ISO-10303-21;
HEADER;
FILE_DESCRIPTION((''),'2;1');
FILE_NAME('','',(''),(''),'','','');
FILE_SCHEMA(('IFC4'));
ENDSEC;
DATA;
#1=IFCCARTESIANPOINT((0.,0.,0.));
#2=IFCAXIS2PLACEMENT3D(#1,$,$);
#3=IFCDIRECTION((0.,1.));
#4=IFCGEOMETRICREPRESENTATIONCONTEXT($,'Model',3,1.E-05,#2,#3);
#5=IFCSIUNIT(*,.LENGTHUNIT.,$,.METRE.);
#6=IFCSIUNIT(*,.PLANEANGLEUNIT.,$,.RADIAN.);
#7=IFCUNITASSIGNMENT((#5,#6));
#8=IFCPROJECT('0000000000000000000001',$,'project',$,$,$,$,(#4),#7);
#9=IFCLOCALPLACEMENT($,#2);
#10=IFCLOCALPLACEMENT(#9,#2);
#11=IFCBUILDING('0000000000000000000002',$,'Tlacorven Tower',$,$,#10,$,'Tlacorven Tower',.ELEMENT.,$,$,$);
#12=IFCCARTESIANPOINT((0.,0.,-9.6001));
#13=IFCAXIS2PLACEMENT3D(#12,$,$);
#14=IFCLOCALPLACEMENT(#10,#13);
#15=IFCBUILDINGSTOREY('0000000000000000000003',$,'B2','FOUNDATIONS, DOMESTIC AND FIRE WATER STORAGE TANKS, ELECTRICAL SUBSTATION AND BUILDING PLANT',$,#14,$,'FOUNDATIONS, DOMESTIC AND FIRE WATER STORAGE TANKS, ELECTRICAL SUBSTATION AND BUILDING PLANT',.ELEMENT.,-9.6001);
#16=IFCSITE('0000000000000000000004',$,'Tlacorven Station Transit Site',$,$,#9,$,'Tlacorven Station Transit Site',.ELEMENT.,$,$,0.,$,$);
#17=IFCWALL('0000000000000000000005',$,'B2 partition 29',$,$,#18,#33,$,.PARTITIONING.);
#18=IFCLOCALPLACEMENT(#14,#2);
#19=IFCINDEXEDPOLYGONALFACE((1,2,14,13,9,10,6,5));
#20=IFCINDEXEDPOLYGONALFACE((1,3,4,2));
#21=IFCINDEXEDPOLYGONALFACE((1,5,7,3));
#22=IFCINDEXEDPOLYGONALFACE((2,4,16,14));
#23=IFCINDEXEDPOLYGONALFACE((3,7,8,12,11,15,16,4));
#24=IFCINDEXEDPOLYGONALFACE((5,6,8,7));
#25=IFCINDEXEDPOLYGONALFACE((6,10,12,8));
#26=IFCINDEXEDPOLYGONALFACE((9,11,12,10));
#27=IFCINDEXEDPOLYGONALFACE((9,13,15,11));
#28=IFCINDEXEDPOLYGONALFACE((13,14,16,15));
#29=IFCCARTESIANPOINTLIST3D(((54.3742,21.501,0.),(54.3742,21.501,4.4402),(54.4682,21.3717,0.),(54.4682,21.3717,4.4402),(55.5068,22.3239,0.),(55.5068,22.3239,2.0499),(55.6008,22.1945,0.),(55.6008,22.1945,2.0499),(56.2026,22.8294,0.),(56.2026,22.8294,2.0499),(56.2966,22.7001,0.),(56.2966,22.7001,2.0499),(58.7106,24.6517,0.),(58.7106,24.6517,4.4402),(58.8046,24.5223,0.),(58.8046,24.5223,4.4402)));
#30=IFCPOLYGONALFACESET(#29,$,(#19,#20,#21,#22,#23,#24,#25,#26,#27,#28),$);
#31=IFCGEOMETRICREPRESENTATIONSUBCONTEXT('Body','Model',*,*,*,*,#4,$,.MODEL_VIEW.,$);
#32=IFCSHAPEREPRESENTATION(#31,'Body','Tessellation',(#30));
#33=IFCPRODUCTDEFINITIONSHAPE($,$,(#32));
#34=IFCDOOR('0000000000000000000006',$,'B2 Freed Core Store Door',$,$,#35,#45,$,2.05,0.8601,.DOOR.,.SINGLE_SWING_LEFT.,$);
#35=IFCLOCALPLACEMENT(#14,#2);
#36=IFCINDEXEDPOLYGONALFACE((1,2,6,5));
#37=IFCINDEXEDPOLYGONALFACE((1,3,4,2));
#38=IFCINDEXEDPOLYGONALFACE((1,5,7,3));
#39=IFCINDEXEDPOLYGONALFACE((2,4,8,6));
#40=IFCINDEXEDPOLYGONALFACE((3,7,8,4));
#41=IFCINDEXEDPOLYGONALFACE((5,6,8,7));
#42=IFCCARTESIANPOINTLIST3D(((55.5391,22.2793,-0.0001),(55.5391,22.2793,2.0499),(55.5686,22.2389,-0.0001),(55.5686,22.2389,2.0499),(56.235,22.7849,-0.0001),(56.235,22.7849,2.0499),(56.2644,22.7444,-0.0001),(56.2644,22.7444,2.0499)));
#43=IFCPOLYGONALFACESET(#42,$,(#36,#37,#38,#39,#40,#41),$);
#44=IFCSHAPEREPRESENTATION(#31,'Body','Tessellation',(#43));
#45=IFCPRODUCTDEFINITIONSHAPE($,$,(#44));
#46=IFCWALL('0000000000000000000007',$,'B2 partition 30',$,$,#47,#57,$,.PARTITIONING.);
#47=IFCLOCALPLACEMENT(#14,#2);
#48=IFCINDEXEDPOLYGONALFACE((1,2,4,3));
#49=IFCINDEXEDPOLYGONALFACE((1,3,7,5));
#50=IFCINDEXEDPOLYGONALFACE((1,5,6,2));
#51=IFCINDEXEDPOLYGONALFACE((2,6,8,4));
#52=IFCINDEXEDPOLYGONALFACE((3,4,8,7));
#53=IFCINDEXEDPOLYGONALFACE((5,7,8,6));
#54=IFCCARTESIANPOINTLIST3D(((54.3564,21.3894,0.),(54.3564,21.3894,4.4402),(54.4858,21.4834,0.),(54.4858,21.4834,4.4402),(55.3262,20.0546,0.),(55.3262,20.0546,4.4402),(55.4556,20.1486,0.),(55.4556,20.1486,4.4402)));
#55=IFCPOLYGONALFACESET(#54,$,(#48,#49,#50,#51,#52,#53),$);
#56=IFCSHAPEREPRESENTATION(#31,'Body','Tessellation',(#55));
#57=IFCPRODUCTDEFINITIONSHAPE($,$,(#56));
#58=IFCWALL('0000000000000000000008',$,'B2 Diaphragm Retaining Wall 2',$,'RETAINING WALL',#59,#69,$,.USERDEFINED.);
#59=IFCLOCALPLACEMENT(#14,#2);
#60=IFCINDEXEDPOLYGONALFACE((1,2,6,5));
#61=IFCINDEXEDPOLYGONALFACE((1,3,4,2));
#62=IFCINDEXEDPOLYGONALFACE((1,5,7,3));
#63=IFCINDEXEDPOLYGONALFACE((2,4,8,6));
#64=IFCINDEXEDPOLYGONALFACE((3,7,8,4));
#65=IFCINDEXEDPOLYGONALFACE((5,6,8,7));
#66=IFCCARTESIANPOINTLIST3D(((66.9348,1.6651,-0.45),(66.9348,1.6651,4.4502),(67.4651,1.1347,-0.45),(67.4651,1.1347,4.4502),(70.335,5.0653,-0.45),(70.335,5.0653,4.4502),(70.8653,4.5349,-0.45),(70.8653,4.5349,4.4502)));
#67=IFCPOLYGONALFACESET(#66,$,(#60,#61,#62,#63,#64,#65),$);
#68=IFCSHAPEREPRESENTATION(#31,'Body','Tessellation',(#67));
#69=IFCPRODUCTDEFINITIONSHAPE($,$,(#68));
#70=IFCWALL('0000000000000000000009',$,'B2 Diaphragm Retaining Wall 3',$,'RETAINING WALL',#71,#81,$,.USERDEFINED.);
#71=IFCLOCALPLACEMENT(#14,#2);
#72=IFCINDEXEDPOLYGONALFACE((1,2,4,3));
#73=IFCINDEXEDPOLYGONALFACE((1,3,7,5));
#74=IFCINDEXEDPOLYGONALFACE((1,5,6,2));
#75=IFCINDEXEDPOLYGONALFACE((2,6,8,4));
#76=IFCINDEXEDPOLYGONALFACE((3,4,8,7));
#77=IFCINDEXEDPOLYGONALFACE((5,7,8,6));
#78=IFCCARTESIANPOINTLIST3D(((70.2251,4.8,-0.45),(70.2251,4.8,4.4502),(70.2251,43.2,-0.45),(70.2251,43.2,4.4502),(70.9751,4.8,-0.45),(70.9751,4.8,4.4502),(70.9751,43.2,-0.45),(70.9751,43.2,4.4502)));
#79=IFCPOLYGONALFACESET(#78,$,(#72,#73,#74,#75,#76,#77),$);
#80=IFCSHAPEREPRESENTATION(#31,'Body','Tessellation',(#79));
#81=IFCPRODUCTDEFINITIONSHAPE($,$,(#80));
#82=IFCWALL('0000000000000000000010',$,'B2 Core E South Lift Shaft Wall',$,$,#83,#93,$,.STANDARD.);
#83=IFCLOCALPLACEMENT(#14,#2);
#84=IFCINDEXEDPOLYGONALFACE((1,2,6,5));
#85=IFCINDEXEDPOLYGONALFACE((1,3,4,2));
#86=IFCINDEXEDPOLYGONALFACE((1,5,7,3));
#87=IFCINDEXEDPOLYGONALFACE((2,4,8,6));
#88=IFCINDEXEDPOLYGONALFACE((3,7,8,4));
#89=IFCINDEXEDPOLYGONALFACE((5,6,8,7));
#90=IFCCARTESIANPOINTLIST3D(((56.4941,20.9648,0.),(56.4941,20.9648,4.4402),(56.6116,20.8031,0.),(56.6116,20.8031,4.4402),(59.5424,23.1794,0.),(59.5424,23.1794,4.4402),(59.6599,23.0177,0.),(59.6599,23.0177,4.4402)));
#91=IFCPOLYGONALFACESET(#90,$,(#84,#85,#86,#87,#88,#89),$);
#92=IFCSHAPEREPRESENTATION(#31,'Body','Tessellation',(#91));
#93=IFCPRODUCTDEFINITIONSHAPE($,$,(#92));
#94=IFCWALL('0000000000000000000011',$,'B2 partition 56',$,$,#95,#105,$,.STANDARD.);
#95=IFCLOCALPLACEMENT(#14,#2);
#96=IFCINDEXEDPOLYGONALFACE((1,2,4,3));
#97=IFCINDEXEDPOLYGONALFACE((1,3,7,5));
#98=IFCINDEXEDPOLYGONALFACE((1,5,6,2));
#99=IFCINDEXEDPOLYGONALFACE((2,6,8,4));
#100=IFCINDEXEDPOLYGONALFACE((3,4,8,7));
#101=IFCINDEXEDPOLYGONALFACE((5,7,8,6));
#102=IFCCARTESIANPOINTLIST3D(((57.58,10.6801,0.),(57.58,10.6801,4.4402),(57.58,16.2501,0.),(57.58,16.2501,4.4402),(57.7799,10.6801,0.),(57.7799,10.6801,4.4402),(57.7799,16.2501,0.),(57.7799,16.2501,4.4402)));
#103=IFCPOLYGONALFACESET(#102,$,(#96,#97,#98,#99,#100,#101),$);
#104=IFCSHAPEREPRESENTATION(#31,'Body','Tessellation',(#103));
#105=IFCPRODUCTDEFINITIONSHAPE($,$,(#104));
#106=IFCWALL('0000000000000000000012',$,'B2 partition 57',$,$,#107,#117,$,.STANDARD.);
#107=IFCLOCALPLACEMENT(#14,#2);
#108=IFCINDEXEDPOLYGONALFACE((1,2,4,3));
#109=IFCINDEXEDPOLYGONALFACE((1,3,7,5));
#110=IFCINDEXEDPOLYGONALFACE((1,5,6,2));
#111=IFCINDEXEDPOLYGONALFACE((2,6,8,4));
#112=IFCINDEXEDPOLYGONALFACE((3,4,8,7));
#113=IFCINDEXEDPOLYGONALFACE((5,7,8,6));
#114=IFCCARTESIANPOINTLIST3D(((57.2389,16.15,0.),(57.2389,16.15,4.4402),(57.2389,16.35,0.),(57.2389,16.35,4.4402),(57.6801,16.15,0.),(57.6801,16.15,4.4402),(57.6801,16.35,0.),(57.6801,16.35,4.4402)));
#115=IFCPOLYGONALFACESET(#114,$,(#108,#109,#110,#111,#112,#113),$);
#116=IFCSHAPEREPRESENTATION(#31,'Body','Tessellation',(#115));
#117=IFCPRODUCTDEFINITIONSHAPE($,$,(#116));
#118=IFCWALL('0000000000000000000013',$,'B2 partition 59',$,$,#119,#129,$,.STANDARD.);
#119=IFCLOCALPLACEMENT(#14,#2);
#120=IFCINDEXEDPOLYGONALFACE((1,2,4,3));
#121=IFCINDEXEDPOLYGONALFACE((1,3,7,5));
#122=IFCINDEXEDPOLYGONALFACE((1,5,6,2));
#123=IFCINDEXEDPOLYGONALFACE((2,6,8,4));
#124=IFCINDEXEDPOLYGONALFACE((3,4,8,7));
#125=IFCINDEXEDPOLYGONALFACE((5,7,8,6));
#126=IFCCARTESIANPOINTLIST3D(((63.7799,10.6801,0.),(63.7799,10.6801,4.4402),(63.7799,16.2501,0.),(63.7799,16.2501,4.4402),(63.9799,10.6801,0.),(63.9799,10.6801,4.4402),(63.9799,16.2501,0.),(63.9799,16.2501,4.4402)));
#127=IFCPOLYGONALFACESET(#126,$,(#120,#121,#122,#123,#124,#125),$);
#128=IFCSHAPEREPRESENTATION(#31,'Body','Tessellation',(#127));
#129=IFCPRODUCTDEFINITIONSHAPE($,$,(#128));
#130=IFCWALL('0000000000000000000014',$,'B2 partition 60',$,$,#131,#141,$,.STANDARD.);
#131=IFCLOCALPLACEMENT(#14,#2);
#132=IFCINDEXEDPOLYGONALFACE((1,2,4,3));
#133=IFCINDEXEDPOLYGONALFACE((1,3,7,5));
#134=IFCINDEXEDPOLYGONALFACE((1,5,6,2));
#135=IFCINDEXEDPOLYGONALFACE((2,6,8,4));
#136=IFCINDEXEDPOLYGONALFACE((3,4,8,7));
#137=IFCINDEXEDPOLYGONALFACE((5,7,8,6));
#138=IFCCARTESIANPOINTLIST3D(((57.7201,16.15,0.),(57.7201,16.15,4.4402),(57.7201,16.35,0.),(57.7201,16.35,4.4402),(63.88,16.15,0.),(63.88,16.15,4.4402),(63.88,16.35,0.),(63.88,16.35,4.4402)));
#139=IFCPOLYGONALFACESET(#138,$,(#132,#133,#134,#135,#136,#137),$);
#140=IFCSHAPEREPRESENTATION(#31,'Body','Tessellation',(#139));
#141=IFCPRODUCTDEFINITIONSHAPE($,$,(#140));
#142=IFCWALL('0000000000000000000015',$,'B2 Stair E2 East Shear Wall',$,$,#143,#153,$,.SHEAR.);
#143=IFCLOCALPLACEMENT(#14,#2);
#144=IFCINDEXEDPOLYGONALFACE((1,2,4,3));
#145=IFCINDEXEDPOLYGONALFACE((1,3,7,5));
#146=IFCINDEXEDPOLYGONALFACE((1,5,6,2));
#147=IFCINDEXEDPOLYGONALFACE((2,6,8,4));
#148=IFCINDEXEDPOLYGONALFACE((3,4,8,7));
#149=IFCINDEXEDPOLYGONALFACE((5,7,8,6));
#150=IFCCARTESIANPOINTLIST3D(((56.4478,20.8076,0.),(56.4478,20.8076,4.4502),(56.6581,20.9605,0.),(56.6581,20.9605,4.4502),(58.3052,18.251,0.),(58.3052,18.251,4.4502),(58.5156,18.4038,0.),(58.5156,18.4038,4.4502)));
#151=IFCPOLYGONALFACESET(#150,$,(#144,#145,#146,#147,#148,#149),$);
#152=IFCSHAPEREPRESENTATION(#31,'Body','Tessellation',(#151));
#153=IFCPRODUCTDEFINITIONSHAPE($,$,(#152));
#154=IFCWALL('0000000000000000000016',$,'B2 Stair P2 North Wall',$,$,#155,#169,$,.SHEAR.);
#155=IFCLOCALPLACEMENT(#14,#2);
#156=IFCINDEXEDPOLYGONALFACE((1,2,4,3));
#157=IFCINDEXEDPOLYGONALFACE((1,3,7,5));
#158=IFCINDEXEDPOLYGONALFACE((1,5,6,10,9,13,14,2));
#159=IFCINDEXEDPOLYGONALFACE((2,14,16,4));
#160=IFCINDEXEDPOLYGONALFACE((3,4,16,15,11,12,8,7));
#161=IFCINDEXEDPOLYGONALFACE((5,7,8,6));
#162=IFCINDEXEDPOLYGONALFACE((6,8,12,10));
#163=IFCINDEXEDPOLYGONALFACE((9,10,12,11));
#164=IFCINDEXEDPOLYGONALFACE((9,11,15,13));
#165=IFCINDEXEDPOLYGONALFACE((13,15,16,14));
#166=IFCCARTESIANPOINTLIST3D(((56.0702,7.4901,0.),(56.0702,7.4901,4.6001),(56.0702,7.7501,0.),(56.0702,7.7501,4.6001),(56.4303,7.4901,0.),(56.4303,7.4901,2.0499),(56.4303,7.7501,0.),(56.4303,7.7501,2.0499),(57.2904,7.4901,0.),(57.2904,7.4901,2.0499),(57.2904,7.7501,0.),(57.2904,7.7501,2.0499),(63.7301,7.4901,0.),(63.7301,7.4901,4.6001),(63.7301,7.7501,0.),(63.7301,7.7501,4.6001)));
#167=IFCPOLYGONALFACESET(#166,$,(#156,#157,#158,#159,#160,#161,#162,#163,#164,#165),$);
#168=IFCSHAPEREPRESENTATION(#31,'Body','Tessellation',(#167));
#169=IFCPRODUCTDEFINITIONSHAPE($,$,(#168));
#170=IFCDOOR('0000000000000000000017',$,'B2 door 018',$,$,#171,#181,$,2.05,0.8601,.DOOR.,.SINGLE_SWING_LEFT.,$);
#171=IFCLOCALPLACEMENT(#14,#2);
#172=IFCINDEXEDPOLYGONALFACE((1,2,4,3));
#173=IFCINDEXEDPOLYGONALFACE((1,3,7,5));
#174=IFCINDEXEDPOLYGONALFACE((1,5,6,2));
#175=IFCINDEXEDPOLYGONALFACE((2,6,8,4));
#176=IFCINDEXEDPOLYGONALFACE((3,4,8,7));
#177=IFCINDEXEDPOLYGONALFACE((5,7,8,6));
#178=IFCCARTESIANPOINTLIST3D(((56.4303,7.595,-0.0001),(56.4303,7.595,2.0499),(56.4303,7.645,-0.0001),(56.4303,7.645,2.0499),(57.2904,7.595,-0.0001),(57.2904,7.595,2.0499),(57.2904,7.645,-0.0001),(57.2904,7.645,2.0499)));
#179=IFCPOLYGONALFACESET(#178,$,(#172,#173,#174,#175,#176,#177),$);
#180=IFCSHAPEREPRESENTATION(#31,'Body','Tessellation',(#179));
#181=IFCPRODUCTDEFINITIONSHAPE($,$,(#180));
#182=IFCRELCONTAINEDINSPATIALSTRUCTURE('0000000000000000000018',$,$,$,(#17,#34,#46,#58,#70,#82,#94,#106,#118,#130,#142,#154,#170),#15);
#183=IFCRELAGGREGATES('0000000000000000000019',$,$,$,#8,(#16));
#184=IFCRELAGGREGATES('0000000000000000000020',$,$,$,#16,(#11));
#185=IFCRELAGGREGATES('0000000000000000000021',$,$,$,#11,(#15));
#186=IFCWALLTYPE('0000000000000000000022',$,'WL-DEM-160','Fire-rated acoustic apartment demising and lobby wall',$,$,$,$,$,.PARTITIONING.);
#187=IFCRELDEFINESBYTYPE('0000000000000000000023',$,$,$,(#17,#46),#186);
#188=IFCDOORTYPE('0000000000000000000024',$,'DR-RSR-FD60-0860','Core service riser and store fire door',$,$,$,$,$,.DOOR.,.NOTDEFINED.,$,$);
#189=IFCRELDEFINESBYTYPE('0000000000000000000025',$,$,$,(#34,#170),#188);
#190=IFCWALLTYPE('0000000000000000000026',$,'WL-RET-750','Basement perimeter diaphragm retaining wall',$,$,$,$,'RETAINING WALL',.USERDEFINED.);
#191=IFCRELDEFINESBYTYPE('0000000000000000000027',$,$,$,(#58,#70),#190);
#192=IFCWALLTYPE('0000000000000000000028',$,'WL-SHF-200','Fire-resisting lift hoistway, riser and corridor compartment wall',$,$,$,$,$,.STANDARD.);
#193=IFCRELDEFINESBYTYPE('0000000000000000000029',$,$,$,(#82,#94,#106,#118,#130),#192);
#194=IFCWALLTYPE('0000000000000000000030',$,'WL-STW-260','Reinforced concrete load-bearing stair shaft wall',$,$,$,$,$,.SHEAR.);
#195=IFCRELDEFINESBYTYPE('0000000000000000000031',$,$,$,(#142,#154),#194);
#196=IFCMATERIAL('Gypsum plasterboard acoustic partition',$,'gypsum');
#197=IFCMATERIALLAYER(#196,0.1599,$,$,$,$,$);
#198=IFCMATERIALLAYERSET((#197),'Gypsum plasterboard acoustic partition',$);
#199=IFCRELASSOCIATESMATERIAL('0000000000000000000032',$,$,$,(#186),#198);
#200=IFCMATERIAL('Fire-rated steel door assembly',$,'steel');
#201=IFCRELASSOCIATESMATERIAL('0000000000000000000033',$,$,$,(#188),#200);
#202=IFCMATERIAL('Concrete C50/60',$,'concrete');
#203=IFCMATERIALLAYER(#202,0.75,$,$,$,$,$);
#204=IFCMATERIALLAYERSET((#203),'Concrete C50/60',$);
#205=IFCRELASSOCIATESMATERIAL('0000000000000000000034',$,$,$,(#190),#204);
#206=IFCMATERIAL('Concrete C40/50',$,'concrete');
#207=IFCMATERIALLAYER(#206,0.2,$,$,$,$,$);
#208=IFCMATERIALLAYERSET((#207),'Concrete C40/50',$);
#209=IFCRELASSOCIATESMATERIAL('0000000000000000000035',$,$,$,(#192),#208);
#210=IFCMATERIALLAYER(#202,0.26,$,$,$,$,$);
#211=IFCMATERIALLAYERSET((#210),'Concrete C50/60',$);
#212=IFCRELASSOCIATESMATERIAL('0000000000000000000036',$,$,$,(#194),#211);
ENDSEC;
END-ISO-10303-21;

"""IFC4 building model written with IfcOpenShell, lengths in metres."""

from ifc_helpers import new_model, si_unit, direction, frame, frame_2d, origin, place, context, subcontext, project, spatial, rectangle, extrude, source, transform, mapped, material, layer, layer_set, type_object, element, fill, save


model = new_model("IFC4")

# Units and contexts
model_context = context("Model", 3, precision=1e-05, world=origin(), true_north=direction((0.0, 1.0)))
body_context = subcontext(model_context, "Body", "Model", "MODEL_VIEW")
ifc_project = project(units=[si_unit("LENGTHUNIT", "METRE"), si_unit("PLANEANGLEUNIT", "RADIAN")], contexts=[model_context])

# Site, building, storey
site_placement = place(None, origin())
site = spatial("IfcSite", under=ifc_project, at=site_placement, Name="Tlacorven Station Transit Site", LongName="Tlacorven Station Transit Site", CompositionType="ELEMENT", RefElevation=0.0)
building_placement = place(site_placement, origin())
building = spatial("IfcBuilding", under=site, at=building_placement, Name="Tlacorven Tower", LongName="Tlacorven Tower", CompositionType="ELEMENT")
storey_placement = place(building_placement, frame((0.0, 0.0, -9.6001)))
storey = spatial("IfcBuildingStorey", under=building, at=storey_placement, Name="B2", Description="FOUNDATIONS, DOMESTIC AND FIRE WATER STORAGE TANKS, ELECTRICAL SUBSTATION AND BUILDING PLANT", LongName="FOUNDATIONS, DOMESTIC AND FIRE WATER STORAGE TANKS, ELECTRICAL SUBSTATION AND BUILDING PLANT", CompositionType="ELEMENT", Elevation=-9.6001)

# Shared definitions
ifc_material_1 = material(Name="Concrete C50/60", Category="concrete")

# Wall, opening, door
ifc_material_2 = material(Name="Gypsum plasterboard acoustic partition", Category="gypsum")
ifc_layer_1 = layer(ifc_material_2, 0.1599)
ifc_layer_set_1 = layer_set([ifc_layer_1], Name="Gypsum plasterboard acoustic partition")
wall_type_1 = type_object("IfcWallType", Name="WL-DEM-160", Description="Fire-rated acoustic apartment demising and lobby wall", PredefinedType="PARTITIONING", material=ifc_layer_set_1)
wall_1_placement = place(storey_placement, frame((54.4211, 21.4363, 0.0), z_axis=(0.0, 0.0, 1.0), x_axis=(0.809014, 0.58779, 0.0)))
wall_1 = element("IfcWall", 1, at=wall_1_placement, inside=storey, type_object=wall_type_1, Name="B2 partition 29", PredefinedType="PARTITIONING", context=body_context, shape_type="SweptSolid", body=[
    extrude(rectangle(XDim=5.3601, YDim=0.1599, at=frame_2d((2.6802, 0.0))), origin(), (0.0, 0.0, 1.0), 4.4402),
])
opening_1_placement = place(wall_1_placement, frame((1.3999, 0.0, 0.0)))
opening_1 = element("IfcOpeningElement", 2, at=opening_1_placement, cuts=wall_1, PredefinedType="OPENING", context=body_context, shape_type="SweptSolid", body=[
    extrude(rectangle(XDim=0.8601, YDim=2.05, at=frame_2d((0.4302, 1.0249))), frame((0.0, 0.0898, 0.0), z_axis=(0.0, -1.0, 0.0), x_axis=(1.0, 0.0, 0.0)), (0.0, 0.0, 1.0), 0.1799),
])
ifc_material_3 = material(Name="Fire-rated steel door assembly", Category="steel")
door_type = type_object("IfcDoorType", Name="DR-RSR-FD60-0860", Description="Core service riser and store fire door", OperationType="NOTDEFINED", PredefinedType="DOOR", material=ifc_material_3)
shared_shape_1 = source(origin(), body_context, "Body", "SweptSolid", [
    extrude(rectangle(XDim=0.8601, YDim=2.05, at=frame_2d((0.4302, 1.0249))), frame((0.0, 0.0249, 0.0), z_axis=(0.0, -1.0, 0.0), x_axis=(1.0, 0.0, 0.0)), (0.0, 0.0, 1.0), 0.05),
])
door_1_placement = place(opening_1_placement, origin())
door_1 = element("IfcDoor", 3, at=door_1_placement, inside=storey, type_object=door_type, Name="B2 Freed Core Store Door", OperationType="SINGLE_SWING_LEFT", OverallHeight=2.05, OverallWidth=0.8601, PredefinedType="DOOR", context=body_context, shape_type="MappedRepresentation", body=[
    mapped(shared_shape_1, transform((0.0, 0.0, 0.0), scale=1.0)),
])
fill(opening_1, door_1)

# Walls
wall_2_placement = place(storey_placement, frame((55.3909, 20.1016, 0.0), z_axis=(0.0, 0.0, 1.0), x_axis=(-0.587784, 0.809018, 0.0)))
element("IfcWall", 4, at=wall_2_placement, inside=storey, type_object=wall_type_1, Name="B2 partition 30", PredefinedType="PARTITIONING", context=body_context, shape_type="SweptSolid", body=[
    extrude(rectangle(XDim=1.6499, YDim=0.1599, at=frame_2d((0.825, 0.0))), origin(), (0.0, 0.0, 1.0), 4.4402),
])
ifc_layer_2 = layer(ifc_material_1, 0.75)
ifc_layer_set_2 = layer_set([ifc_layer_2], Name="Concrete C50/60")
wall_type_2 = type_object("IfcWallType", Name="WL-RET-750", Description="Basement perimeter diaphragm retaining wall", ElementType="RETAINING WALL", PredefinedType="USERDEFINED", material=ifc_layer_set_2)
wall_3_placement = place(storey_placement, frame((67.2, 1.3999, -0.45), z_axis=(0.0, 0.0, 1.0), x_axis=(0.707107, 0.707107, 0.0)))
element("IfcWall", 5, at=wall_3_placement, inside=storey, type_object=wall_type_2, Name="B2 Diaphragm Retaining Wall 2", ObjectType="RETAINING WALL", PredefinedType="USERDEFINED", context=body_context, shape_type="SweptSolid", body=[
    extrude(rectangle(XDim=4.8086, YDim=0.75, at=frame_2d((2.4043, 0.0))), origin(), (0.0, 0.0, 1.0), 4.9001),
])
wall_4_placement = place(storey_placement, frame((70.6001, 4.8, -0.45), z_axis=(0.0, 0.0, 1.0), x_axis=(0.0, 1.0, 0.0)))
element("IfcWall", 6, at=wall_4_placement, inside=storey, type_object=wall_type_2, Name="B2 Diaphragm Retaining Wall 3", ObjectType="RETAINING WALL", PredefinedType="USERDEFINED", context=body_context, shape_type="SweptSolid", body=[
    extrude(rectangle(XDim=38.3999, YDim=0.75, at=frame_2d((19.2, 0.0))), origin(), (0.0, 0.0, 1.0), 4.9001),
])
ifc_material_4 = material(Name="Concrete C40/50", Category="concrete")
ifc_layer_3 = layer(ifc_material_4, 0.2)
ifc_layer_set_3 = layer_set([ifc_layer_3], Name="Concrete C40/50")
wall_type_3 = type_object("IfcWallType", Name="WL-SHF-200", Description="Fire-resisting lift hoistway, riser and corridor compartment wall", PredefinedType="STANDARD", material=ifc_layer_set_3)
wall_5_placement = place(storey_placement, frame((56.553, 20.884, 0.0), z_axis=(0.0, 0.0, 1.0), x_axis=(0.809036, 0.587759, 0.0)))
element("IfcWall", 7, at=wall_5_placement, inside=storey, type_object=wall_type_3, Name="B2 Core E South Lift Shaft Wall", PredefinedType="STANDARD", context=body_context, shape_type="SweptSolid", body=[
    extrude(rectangle(XDim=3.7678, YDim=0.2, at=frame_2d((1.8838, 0.0))), origin(), (0.0, 0.0, 1.0), 4.4402),
])
wall_6_placement = place(storey_placement, frame((57.6799, 10.6799, 0.0), z_axis=(0.0, 0.0, 1.0), x_axis=(0.0, 1.0, 0.0)))
element("IfcWall", 8, at=wall_6_placement, inside=storey, type_object=wall_type_3, Name="B2 partition 56", PredefinedType="STANDARD", context=body_context, shape_type="SweptSolid", body=[
    extrude(rectangle(XDim=5.5701, YDim=0.2, at=frame_2d((2.7852, 0.0))), origin(), (0.0, 0.0, 1.0), 4.4402),
])
wall_7_placement = place(storey_placement, frame((57.2388, 16.25, 0.0), z_axis=(0.0, 0.0, 1.0), x_axis=(1.0, 0.0, 0.0)))
element("IfcWall", 9, at=wall_7_placement, inside=storey, type_object=wall_type_3, Name="B2 partition 57", PredefinedType="STANDARD", context=body_context, shape_type="SweptSolid", body=[
    extrude(rectangle(XDim=0.4412, YDim=0.2, at=frame_2d((0.2207, 0.0))), origin(), (0.0, 0.0, 1.0), 4.4402),
])
wall_8_placement = place(storey_placement, frame((63.8799, 10.6799, 0.0), z_axis=(0.0, 0.0, 1.0), x_axis=(0.0, 1.0, 0.0)))
element("IfcWall", 10, at=wall_8_placement, inside=storey, type_object=wall_type_3, Name="B2 partition 59", PredefinedType="STANDARD", context=body_context, shape_type="SweptSolid", body=[
    extrude(rectangle(XDim=5.5701, YDim=0.2, at=frame_2d((2.7852, 0.0))), origin(), (0.0, 0.0, 1.0), 4.4402),
])
wall_9_placement = place(storey_placement, frame((57.72, 16.25, 0.0), z_axis=(0.0, 0.0, 1.0), x_axis=(1.0, 0.0, 0.0)))
element("IfcWall", 11, at=wall_9_placement, inside=storey, type_object=wall_type_3, Name="B2 partition 60", PredefinedType="STANDARD", context=body_context, shape_type="SweptSolid", body=[
    extrude(rectangle(XDim=6.1599, YDim=0.2, at=frame_2d((3.0801, 0.0))), origin(), (0.0, 0.0, 1.0), 4.4402),
])
ifc_layer_4 = layer(ifc_material_1, 0.26)
ifc_layer_set_4 = layer_set([ifc_layer_4], Name="Concrete C50/60")
wall_type_4 = type_object("IfcWallType", Name="WL-STW-260", Description="Reinforced concrete load-bearing stair shaft wall", PredefinedType="SHEAR", material=ifc_layer_set_4)
wall_10_placement = place(storey_placement, frame((58.4104, 18.3274, 0.0), z_axis=(0.0, 0.0, 1.0), x_axis=(-0.587767, 0.80903, 0.0)))
element("IfcWall", 12, at=wall_10_placement, inside=storey, type_object=wall_type_4, Name="B2 Stair E2 East Shear Wall", PredefinedType="SHEAR", context=body_context, shape_type="SweptSolid", body=[
    extrude(rectangle(XDim=3.1602, YDim=0.26, at=frame_2d((1.5801, 0.0))), origin(), (0.0, 0.0, 1.0), 4.4502),
])

# Wall, opening, door
wall_11_placement = place(storey_placement, frame((56.0701, 7.6201, 0.0), z_axis=(0.0, 0.0, 1.0), x_axis=(1.0, 0.0, 0.0)))
wall_11 = element("IfcWall", 13, at=wall_11_placement, inside=storey, type_object=wall_type_4, Name="B2 Stair P2 North Wall", PredefinedType="SHEAR", context=body_context, shape_type="SweptSolid", body=[
    extrude(rectangle(XDim=7.6599, YDim=0.26, at=frame_2d((3.8301, 0.0))), origin(), (0.0, 0.0, 1.0), 4.6001),
])
opening_2_placement = place(wall_11_placement, frame((0.3601, 0.0, 0.0)))
opening_2 = element("IfcOpeningElement", 14, at=opening_2_placement, cuts=wall_11, PredefinedType="OPENING", context=body_context, shape_type="SweptSolid", body=[
    extrude(rectangle(XDim=0.8601, YDim=2.05, at=frame_2d((0.4302, 1.0249))), frame((0.0, 0.1401, 0.0), z_axis=(0.0, -1.0, 0.0), x_axis=(1.0, 0.0, 0.0)), (0.0, 0.0, 1.0), 0.28),
])
door_2_placement = place(opening_2_placement, origin())
door_2 = element("IfcDoor", 15, at=door_2_placement, inside=storey, type_object=door_type, Name="B2 door 018", OperationType="SINGLE_SWING_LEFT", OverallHeight=2.05, OverallWidth=0.8601, PredefinedType="DOOR", context=body_context, shape_type="MappedRepresentation", body=[
    mapped(shared_shape_1, transform((0.0, 0.0, 0.0), scale=1.0)),
])
fill(opening_2, door_2)

save(model, "model.ifc")
